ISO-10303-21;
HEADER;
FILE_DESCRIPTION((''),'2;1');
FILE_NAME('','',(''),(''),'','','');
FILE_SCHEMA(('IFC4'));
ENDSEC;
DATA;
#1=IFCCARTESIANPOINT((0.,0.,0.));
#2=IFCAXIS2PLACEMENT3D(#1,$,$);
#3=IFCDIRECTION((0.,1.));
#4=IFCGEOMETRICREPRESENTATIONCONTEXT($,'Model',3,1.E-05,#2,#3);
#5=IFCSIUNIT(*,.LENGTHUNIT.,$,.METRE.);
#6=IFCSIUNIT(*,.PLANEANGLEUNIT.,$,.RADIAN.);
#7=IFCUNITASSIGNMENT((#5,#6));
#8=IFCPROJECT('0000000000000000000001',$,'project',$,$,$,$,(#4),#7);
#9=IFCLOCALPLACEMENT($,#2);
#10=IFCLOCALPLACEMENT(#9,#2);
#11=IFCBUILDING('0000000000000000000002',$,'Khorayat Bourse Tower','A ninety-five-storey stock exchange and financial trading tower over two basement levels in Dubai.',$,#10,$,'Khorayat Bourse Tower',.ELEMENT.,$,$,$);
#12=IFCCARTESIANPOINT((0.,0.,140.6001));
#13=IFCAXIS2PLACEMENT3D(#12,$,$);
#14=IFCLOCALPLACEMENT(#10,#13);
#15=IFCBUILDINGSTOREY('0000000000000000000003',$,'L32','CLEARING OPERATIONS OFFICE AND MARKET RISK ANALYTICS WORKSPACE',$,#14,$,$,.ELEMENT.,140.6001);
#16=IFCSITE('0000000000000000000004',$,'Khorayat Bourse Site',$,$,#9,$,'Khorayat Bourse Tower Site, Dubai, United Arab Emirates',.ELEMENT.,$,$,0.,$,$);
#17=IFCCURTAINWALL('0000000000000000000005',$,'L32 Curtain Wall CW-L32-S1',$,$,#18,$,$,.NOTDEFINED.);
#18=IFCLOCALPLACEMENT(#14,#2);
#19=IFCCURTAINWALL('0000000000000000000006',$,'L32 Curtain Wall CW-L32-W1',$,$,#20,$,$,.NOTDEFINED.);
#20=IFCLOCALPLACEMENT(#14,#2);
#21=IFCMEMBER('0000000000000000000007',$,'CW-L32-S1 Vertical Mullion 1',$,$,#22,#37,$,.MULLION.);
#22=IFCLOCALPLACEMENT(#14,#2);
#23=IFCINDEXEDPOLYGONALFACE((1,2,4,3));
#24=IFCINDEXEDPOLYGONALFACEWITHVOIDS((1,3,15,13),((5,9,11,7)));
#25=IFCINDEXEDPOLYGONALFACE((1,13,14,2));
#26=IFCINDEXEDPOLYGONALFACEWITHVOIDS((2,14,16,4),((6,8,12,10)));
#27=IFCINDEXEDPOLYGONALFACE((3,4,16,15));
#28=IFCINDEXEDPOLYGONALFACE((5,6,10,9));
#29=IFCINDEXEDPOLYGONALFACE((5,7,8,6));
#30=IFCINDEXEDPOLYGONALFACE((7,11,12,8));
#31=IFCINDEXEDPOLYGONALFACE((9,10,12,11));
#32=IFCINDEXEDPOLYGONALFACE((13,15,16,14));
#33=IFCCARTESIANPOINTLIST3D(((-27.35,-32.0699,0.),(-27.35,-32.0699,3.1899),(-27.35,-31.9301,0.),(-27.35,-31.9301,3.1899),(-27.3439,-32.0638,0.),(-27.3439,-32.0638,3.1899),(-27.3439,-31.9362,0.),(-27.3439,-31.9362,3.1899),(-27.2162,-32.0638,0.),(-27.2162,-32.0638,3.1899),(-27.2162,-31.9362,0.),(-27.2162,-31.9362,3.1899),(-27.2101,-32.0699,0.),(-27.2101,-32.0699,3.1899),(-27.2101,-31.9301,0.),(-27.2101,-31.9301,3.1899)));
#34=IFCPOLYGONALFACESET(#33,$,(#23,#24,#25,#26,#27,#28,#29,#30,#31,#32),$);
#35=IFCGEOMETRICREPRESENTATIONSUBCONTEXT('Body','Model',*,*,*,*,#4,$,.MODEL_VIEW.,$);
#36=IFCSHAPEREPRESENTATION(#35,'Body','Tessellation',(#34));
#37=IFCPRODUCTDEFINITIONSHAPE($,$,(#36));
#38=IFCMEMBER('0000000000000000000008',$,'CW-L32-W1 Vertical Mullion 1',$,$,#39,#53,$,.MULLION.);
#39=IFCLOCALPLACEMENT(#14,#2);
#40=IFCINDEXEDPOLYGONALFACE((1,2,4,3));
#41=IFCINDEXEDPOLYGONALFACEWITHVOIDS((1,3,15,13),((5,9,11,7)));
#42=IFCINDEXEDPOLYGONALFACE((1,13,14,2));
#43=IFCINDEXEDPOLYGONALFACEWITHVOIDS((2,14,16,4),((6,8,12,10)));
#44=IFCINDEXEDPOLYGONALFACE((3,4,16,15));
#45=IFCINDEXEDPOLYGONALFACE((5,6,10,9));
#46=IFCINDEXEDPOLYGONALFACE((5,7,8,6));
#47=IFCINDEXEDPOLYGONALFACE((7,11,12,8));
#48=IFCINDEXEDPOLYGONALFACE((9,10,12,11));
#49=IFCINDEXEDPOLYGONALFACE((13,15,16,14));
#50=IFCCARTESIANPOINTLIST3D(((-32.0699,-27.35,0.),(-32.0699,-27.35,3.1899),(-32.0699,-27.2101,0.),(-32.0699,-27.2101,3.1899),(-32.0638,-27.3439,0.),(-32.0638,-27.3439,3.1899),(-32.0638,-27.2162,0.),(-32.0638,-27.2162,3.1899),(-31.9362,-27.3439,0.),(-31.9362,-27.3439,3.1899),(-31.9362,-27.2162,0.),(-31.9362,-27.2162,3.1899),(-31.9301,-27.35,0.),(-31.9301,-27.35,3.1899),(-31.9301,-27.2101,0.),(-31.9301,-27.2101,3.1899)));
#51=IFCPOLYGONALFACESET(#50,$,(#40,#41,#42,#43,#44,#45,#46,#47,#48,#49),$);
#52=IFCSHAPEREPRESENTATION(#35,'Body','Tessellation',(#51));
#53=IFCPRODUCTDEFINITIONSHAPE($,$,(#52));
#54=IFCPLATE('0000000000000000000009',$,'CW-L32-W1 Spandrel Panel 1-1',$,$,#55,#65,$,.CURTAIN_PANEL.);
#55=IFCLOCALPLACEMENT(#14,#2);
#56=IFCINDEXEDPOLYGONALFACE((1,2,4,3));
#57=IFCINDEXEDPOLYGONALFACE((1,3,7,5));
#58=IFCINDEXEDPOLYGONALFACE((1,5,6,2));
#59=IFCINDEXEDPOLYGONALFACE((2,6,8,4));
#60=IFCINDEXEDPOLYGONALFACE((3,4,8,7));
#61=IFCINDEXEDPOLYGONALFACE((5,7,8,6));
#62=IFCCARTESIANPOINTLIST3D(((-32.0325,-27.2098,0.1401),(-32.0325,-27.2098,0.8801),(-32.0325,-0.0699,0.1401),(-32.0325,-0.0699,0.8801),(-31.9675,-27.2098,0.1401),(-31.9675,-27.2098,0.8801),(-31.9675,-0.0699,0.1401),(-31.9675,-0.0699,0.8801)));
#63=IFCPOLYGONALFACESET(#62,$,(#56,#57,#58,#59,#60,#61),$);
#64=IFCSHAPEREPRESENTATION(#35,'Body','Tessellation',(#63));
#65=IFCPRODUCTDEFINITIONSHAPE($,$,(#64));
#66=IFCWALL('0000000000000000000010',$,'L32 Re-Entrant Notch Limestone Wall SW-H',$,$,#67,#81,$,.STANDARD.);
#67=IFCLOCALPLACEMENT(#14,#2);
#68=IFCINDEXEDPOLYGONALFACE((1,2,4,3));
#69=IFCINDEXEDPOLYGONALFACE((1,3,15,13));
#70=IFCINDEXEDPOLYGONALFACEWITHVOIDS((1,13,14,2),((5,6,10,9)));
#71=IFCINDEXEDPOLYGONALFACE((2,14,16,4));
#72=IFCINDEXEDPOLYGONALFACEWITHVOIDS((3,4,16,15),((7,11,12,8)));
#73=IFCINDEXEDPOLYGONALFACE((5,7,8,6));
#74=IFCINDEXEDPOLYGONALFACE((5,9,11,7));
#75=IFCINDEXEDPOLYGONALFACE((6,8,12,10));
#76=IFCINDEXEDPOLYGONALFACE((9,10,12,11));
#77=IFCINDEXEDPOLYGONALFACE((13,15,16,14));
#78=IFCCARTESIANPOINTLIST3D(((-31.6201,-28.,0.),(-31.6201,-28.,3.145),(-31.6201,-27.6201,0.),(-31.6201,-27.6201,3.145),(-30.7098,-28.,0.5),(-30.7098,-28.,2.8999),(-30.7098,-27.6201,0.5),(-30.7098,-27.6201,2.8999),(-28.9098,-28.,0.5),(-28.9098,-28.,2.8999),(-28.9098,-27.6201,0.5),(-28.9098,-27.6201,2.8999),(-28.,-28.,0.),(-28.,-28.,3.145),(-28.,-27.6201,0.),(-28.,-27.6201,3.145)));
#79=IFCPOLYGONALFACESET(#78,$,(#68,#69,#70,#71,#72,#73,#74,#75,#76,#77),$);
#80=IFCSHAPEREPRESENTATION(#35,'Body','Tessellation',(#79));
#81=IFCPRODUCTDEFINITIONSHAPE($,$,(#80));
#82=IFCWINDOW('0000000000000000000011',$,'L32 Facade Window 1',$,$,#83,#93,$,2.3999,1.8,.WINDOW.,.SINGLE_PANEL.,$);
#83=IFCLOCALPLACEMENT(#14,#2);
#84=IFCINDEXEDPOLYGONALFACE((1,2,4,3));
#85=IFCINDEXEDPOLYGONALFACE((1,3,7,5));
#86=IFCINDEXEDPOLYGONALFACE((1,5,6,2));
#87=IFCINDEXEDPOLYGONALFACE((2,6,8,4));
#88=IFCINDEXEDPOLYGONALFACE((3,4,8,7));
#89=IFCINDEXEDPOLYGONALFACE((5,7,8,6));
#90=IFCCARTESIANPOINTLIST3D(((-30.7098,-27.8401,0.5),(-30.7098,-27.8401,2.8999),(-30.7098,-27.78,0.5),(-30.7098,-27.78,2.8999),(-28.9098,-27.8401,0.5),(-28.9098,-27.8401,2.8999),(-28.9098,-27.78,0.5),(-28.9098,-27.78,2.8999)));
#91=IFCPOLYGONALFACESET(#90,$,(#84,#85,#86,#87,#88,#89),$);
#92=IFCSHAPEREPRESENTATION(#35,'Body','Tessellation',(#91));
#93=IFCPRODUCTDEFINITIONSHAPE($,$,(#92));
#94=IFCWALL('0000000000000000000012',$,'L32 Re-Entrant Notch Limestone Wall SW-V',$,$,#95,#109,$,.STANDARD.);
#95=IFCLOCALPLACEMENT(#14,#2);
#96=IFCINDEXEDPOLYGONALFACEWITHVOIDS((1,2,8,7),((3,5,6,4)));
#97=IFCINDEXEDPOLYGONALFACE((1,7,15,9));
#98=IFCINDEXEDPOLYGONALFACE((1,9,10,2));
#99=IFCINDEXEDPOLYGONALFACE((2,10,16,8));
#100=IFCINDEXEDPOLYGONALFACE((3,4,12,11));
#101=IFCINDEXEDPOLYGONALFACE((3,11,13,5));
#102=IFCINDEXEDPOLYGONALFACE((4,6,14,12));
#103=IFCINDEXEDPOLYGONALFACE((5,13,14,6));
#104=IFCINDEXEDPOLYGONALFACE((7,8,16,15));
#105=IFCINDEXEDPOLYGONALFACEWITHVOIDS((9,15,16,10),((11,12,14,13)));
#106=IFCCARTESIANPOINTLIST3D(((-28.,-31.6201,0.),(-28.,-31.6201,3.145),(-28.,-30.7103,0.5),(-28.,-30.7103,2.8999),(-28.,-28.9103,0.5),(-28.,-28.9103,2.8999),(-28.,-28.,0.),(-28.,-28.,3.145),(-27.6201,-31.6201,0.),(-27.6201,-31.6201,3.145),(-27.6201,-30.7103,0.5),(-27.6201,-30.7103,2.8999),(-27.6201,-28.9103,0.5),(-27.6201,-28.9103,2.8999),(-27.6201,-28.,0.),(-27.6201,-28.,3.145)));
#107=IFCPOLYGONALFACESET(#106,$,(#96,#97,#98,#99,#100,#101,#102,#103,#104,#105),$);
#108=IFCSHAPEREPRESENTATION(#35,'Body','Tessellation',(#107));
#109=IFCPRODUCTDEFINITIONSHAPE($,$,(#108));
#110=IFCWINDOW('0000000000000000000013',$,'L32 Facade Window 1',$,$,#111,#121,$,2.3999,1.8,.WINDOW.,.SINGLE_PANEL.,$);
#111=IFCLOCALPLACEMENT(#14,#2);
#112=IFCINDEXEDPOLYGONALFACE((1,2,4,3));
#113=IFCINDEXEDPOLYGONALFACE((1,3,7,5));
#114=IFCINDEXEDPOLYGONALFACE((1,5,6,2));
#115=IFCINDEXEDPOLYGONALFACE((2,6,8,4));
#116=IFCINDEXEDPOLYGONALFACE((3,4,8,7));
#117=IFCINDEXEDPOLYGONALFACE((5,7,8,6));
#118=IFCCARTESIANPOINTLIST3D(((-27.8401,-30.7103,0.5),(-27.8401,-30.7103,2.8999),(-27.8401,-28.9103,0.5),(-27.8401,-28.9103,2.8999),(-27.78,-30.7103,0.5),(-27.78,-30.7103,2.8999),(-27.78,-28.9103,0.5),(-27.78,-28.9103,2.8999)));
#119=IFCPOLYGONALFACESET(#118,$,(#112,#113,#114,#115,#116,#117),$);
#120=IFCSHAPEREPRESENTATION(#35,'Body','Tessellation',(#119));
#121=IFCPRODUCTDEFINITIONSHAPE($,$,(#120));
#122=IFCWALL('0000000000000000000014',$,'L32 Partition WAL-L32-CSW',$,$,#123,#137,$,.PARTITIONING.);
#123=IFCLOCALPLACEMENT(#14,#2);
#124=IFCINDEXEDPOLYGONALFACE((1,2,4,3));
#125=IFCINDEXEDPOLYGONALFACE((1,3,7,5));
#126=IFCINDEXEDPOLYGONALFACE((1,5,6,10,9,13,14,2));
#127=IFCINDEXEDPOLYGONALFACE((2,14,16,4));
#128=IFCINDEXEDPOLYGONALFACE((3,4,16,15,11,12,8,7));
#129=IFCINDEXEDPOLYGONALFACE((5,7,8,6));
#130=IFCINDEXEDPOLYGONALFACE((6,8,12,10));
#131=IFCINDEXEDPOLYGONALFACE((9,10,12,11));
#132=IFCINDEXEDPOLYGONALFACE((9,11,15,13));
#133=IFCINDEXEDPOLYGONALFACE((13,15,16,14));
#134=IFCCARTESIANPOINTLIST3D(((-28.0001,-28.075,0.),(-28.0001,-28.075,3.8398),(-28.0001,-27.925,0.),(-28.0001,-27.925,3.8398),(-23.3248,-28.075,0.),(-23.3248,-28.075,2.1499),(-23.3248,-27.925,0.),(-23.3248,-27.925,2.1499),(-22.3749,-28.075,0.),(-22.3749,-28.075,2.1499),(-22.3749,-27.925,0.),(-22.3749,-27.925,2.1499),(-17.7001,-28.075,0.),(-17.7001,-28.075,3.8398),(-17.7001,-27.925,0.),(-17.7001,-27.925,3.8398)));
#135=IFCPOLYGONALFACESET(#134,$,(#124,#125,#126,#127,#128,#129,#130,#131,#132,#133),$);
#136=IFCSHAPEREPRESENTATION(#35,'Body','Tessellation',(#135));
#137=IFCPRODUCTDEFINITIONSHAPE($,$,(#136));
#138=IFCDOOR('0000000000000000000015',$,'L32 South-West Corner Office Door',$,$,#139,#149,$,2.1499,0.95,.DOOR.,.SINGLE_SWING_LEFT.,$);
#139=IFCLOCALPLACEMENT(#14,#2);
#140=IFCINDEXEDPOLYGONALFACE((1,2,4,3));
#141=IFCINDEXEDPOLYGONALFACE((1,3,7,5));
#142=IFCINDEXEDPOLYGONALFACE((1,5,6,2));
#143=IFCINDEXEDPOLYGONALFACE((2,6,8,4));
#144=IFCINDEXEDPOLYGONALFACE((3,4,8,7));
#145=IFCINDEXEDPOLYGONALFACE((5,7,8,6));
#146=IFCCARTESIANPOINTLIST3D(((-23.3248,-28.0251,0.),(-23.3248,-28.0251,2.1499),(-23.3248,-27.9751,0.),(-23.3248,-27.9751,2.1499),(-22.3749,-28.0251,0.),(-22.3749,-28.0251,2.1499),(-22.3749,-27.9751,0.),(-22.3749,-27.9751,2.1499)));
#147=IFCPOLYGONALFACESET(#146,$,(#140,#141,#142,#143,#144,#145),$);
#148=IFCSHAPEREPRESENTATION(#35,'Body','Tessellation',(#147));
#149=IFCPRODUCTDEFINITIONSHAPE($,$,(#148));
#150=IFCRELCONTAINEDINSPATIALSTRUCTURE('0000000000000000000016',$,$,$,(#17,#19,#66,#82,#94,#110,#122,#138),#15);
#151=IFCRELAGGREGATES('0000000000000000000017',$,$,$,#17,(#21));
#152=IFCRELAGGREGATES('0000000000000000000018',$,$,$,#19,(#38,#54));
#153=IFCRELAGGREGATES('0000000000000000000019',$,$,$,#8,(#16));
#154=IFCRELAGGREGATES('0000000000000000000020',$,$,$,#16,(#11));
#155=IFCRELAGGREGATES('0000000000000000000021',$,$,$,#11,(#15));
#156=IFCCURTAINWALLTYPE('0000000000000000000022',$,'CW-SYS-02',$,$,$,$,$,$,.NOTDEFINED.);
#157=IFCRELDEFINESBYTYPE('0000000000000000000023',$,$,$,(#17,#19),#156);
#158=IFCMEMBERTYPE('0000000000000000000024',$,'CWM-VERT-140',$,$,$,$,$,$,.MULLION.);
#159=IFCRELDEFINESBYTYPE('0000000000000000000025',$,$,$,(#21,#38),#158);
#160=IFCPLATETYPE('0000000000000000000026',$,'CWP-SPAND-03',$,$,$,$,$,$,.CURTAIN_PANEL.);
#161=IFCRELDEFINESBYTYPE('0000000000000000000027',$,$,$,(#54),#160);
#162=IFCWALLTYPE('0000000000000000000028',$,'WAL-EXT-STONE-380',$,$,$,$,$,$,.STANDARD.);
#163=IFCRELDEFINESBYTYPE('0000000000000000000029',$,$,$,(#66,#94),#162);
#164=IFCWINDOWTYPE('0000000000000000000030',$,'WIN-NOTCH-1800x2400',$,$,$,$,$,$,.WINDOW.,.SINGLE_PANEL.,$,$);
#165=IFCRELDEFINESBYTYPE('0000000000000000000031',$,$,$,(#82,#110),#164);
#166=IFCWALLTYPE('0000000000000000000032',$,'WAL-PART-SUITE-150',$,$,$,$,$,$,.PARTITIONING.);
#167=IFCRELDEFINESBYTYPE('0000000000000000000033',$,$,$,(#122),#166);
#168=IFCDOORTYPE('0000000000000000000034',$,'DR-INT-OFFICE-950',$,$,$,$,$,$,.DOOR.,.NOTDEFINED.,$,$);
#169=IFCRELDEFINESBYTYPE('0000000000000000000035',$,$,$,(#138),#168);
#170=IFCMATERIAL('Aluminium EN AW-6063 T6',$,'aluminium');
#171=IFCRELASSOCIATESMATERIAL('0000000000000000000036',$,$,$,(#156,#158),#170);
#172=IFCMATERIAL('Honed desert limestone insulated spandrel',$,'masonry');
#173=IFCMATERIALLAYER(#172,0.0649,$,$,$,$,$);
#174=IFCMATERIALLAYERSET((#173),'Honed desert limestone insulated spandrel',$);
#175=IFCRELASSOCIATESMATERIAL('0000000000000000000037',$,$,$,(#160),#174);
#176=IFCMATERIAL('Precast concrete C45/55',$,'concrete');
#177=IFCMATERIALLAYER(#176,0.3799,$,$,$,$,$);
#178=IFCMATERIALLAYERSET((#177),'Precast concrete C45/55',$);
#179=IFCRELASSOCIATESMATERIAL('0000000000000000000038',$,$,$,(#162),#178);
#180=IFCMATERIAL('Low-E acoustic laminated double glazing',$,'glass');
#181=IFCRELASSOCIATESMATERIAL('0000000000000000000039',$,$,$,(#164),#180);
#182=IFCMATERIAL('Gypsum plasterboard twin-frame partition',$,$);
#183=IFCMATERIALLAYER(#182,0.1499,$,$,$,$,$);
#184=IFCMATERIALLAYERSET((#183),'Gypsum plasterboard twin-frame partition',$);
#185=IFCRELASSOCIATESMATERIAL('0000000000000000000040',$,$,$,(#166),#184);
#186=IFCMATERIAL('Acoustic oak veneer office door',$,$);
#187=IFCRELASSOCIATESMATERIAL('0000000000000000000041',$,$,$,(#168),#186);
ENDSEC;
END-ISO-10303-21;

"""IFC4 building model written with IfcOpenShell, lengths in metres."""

from ifc_helpers import new_model, si_unit, direction, frame, frame_2d, origin, origin_2d, place, context, subcontext, project, spatial, rectangle, hollow_rectangle, extrude, source, transform, mapped, material, layer, layer_set, material_profile, profile_set, type_object, element, fill, aggregate, save


model = new_model("IFC4")

# Units and contexts
model_context = context("Model", 3, precision=1e-05, world=origin(), true_north=direction((0.0, 1.0)))
body_context = subcontext(model_context, "Body", "Model", "MODEL_VIEW")
ifc_project = project(units=[si_unit("LENGTHUNIT", "METRE"), si_unit("PLANEANGLEUNIT", "RADIAN")], contexts=[model_context])

# Site, building, storey
site_placement = place(None, origin())
site = spatial("IfcSite", under=ifc_project, at=site_placement, Name="Khorayat Bourse Site", LongName="Khorayat Bourse Tower Site, Dubai, United Arab Emirates", CompositionType="ELEMENT", RefElevation=0.0)
building_placement = place(site_placement, origin())
building = spatial("IfcBuilding", under=site, at=building_placement, Name="Khorayat Bourse Tower", Description="A ninety-five-storey stock exchange and financial trading tower over two basement levels in Dubai.", LongName="Khorayat Bourse Tower", CompositionType="ELEMENT")
storey_placement = place(building_placement, frame((0.0, 0.0, 140.6001)))
storey = spatial("IfcBuildingStorey", under=building, at=storey_placement, Name="L32", Description="CLEARING OPERATIONS OFFICE AND MARKET RISK ANALYTICS WORKSPACE", CompositionType="ELEMENT", Elevation=140.6001)

# Curtain wall
ifc_material_1 = material(Name="Aluminium EN AW-6063 T6", Category="aluminium")
curtain_wall_type = type_object("IfcCurtainWallType", Name="CW-SYS-02", PredefinedType="NOTDEFINED", material=ifc_material_1)
curtain_wall_1_placement = place(storey_placement, origin())
curtain_wall_1 = element("IfcCurtainWall", 1, at=curtain_wall_1_placement, inside=storey, type_object=curtain_wall_type, Name="L32 Curtain Wall CW-L32-S1", PredefinedType="NOTDEFINED")

# Curtain wall
curtain_wall_2_placement = place(storey_placement, origin())
curtain_wall_2 = element("IfcCurtainWall", 2, at=curtain_wall_2_placement, inside=storey, type_object=curtain_wall_type, Name="L32 Curtain Wall CW-L32-W1", PredefinedType="NOTDEFINED")

# Members
ifc_material_profile_1 = material_profile(ifc_material_1, hollow_rectangle(XDim=0.1399, YDim=0.1399, WallThickness=0.0061, at=origin_2d()), Name="ALU 140x140x6")
ifc_profile_set_1 = profile_set([ifc_material_profile_1], Name="Aluminium EN AW-6063 T6")
member_type_1 = type_object("IfcMemberType", Name="CWM-VERT-140", PredefinedType="MULLION", material=ifc_profile_set_1)
shared_shape_1 = source(origin(), body_context, "Body", "SweptSolid", [
    extrude(hollow_rectangle(XDim=0.1399, YDim=0.1399, WallThickness=0.0061, at=origin_2d()), origin(), (0.0, 0.0, 1.0), 3.1899),
])
member_1_placement = place(storey_placement, frame((-27.28, -32.0, 0.0), z_axis=(0.0, 0.0, 1.0), x_axis=(0.0, 1.0, 0.0)))
member_1 = element("IfcMember", 3, at=member_1_placement, type_object=member_type_1, Name="CW-L32-S1 Vertical Mullion 1", PredefinedType="MULLION", context=body_context, shape_type="MappedRepresentation", body=[
    mapped(shared_shape_1, transform((0.0, 0.0, 0.0), scale=1.0)),
])
aggregate(curtain_wall_1, [member_1])
member_2_placement = place(storey_placement, frame((-32.0, -27.28, 0.0), z_axis=(0.0, 0.0, 1.0), x_axis=(-1.0, 0.0, 0.0)))
member_2 = element("IfcMember", 4, at=member_2_placement, type_object=member_type_1, Name="CW-L32-W1 Vertical Mullion 1", PredefinedType="MULLION", context=body_context, shape_type="MappedRepresentation", body=[
    mapped(shared_shape_1, transform((0.0, 0.0, 0.0), scale=1.0)),
])

# Plate
ifc_material_2 = material(Name="Honed desert limestone insulated spandrel", Category="masonry")
ifc_layer_1 = layer(ifc_material_2, 0.0649)
ifc_layer_set_1 = layer_set([ifc_layer_1], Name="Honed desert limestone insulated spandrel")
plate_type = type_object("IfcPlateType", Name="CWP-SPAND-03", PredefinedType="CURTAIN_PANEL", material=ifc_layer_set_1)
shared_shape_2 = source(origin(), body_context, "Body", "SweptSolid", [
    extrude(rectangle(XDim=27.1399, YDim=0.0649, at=origin_2d()), origin(), (0.0, 0.0, 1.0), 0.74),
])
plate_placement = place(storey_placement, frame((-32.0, -13.6399, 0.1401), z_axis=(0.0, 0.0, 1.0), x_axis=(0.0, 1.0, 0.0)))
plate = element("IfcPlate", 5, at=plate_placement, type_object=plate_type, Name="CW-L32-W1 Spandrel Panel 1-1", PredefinedType="CURTAIN_PANEL", context=body_context, shape_type="MappedRepresentation", body=[
    mapped(shared_shape_2, transform((0.0, 0.0, 0.0), scale=1.0)),
])
aggregate(curtain_wall_2, [member_2, plate])

# Walls, openings, windows
ifc_material_3 = material(Name="Precast concrete C45/55", Category="concrete")
ifc_layer_2 = layer(ifc_material_3, 0.3799)
ifc_layer_set_2 = layer_set([ifc_layer_2], Name="Precast concrete C45/55")
wall_type_1 = type_object("IfcWallType", Name="WAL-EXT-STONE-380", PredefinedType="STANDARD", material=ifc_layer_set_2)
shared_shape_3 = source(origin(), body_context, "Body", "SweptSolid", [
    extrude(rectangle(XDim=3.6201, YDim=0.3799, at=frame_2d((1.8101, 0.0))), origin(), (0.0, 0.0, 1.0), 3.145),
])
wall_1_placement = place(storey_placement, frame((-28.0, -27.8101, 0.0), z_axis=(0.0, 0.0, 1.0), x_axis=(-1.0, 0.0, 0.0)))
wall_1 = element("IfcWall", 6, at=wall_1_placement, inside=storey, type_object=wall_type_1, Name="L32 Re-Entrant Notch Limestone Wall SW-H", PredefinedType="STANDARD", context=body_context, shape_type="MappedRepresentation", body=[
    mapped(shared_shape_3, transform((0.0, 0.0, 0.0), scale=1.0)),
])
shared_shape_4 = source(origin(), body_context, "Body", "SweptSolid", [
    extrude(rectangle(XDim=1.8, YDim=2.3999, at=frame_2d((0.8999, 1.2))), frame((0.0, 0.2, 0.0), z_axis=(0.0, -1.0, 0.0), x_axis=(1.0, 0.0, 0.0)), (0.0, 0.0, 1.0), 0.3999),
])
opening_1_placement = place(wall_1_placement, frame((0.9099, 0.0, 0.5)))
opening_1 = element("IfcOpeningElement", 7, at=opening_1_placement, cuts=wall_1, PredefinedType="OPENING", context=body_context, shape_type="MappedRepresentation", body=[
    mapped(shared_shape_4, transform((0.0, 0.0, 0.0), scale=1.0)),
])
ifc_material_4 = material(Name="Low-E acoustic laminated double glazing", Category="glass")
window_type = type_object("IfcWindowType", Name="WIN-NOTCH-1800x2400", PartitioningType="SINGLE_PANEL", PredefinedType="WINDOW", material=ifc_material_4)
shared_shape_5 = source(origin(), body_context, "Body", "SweptSolid", [
    extrude(rectangle(XDim=1.8, YDim=2.3999, at=frame_2d((0.8999, 1.2))), frame((0.0, 0.03, 0.0), z_axis=(0.0, -1.0, 0.0), x_axis=(1.0, 0.0, 0.0)), (0.0, 0.0, 1.0), 0.0601),
])
window_1_placement = place(opening_1_placement, origin())
window_1 = element("IfcWindow", 8, at=window_1_placement, inside=storey, type_object=window_type, Name="L32 Facade Window 1", OverallHeight=2.3999, OverallWidth=1.8, PartitioningType="SINGLE_PANEL", PredefinedType="WINDOW", context=body_context, shape_type="MappedRepresentation", body=[
    mapped(shared_shape_5, transform((0.0, 0.0, 0.0), scale=1.0)),
])
fill(opening_1, window_1)
wall_2_placement = place(storey_placement, frame((-27.8101, -31.6201, 0.0), z_axis=(0.0, 0.0, 1.0), x_axis=(0.0, 1.0, 0.0)))
wall_2 = element("IfcWall", 9, at=wall_2_placement, inside=storey, type_object=wall_type_1, Name="L32 Re-Entrant Notch Limestone Wall SW-V", PredefinedType="STANDARD", context=body_context, shape_type="MappedRepresentation", body=[
    mapped(shared_shape_3, transform((0.0, 0.0, 0.0), scale=1.0)),
])
opening_2_placement = place(wall_2_placement, frame((0.9099, 0.0, 0.5)))
opening_2 = element("IfcOpeningElement", 10, at=opening_2_placement, cuts=wall_2, PredefinedType="OPENING", context=body_context, shape_type="MappedRepresentation", body=[
    mapped(shared_shape_4, transform((0.0, 0.0, 0.0), scale=1.0)),
])
window_2_placement = place(opening_2_placement, origin())
window_2 = element("IfcWindow", 11, at=window_2_placement, inside=storey, type_object=window_type, Name="L32 Facade Window 1", OverallHeight=2.3999, OverallWidth=1.8, PartitioningType="SINGLE_PANEL", PredefinedType="WINDOW", context=body_context, shape_type="MappedRepresentation", body=[
    mapped(shared_shape_5, transform((0.0, 0.0, 0.0), scale=1.0)),
])
fill(opening_2, window_2)

# Wall, opening, door
ifc_material_5 = material(Name="Gypsum plasterboard twin-frame partition")
ifc_layer_3 = layer(ifc_material_5, 0.1499)
ifc_layer_set_3 = layer_set([ifc_layer_3], Name="Gypsum plasterboard twin-frame partition")
wall_type_2 = type_object("IfcWallType", Name="WAL-PART-SUITE-150", PredefinedType="PARTITIONING", material=ifc_layer_set_3)
shared_shape_6 = source(origin(), body_context, "Body", "SweptSolid", [
    extrude(rectangle(XDim=10.3, YDim=0.1499, at=frame_2d((5.1499, 0.0))), origin(), (0.0, 0.0, 1.0), 3.8398),
])
wall_3_placement = place(storey_placement, frame((-28.0, -28.0, 0.0), z_axis=(0.0, 0.0, 1.0), x_axis=(1.0, 0.0, 0.0)))
wall_3 = element("IfcWall", 12, at=wall_3_placement, inside=storey, type_object=wall_type_2, Name="L32 Partition WAL-L32-CSW", PredefinedType="PARTITIONING", context=body_context, shape_type="MappedRepresentation", body=[
    mapped(shared_shape_6, transform((0.0, 0.0, 0.0), scale=1.0)),
])
shared_shape_7 = source(origin(), body_context, "Body", "SweptSolid", [
    extrude(rectangle(XDim=0.95, YDim=2.1499, at=frame_2d((0.4751, 1.075))), frame((0.0, 0.085, 0.0), z_axis=(0.0, -1.0, 0.0), x_axis=(1.0, 0.0, 0.0)), (0.0, 0.0, 1.0), 0.1699),
])
opening_3_placement = place(wall_3_placement, frame((4.675, 0.0, 0.0)))
opening_3 = element("IfcOpeningElement", 13, at=opening_3_placement, cuts=wall_3, PredefinedType="OPENING", context=body_context, shape_type="MappedRepresentation", body=[
    mapped(shared_shape_7, transform((0.0, 0.0, 0.0), scale=1.0)),
])
ifc_material_6 = material(Name="Acoustic oak veneer office door")
door_type = type_object("IfcDoorType", Name="DR-INT-OFFICE-950", OperationType="NOTDEFINED", PredefinedType="DOOR", material=ifc_material_6)
shared_shape_8 = source(origin(), body_context, "Body", "SweptSolid", [
    extrude(rectangle(XDim=0.95, YDim=2.1499, at=frame_2d((0.4751, 1.075))), frame((0.0, 0.0249, 0.0), z_axis=(0.0, -1.0, 0.0), x_axis=(1.0, 0.0, 0.0)), (0.0, 0.0, 1.0), 0.05),
])
door_placement = place(opening_3_placement, origin())
door = element("IfcDoor", 14, at=door_placement, inside=storey, type_object=door_type, Name="L32 South-West Corner Office Door", OperationType="SINGLE_SWING_LEFT", OverallHeight=2.1499, OverallWidth=0.95, PredefinedType="DOOR", context=body_context, shape_type="MappedRepresentation", body=[
    mapped(shared_shape_8, transform((0.0, 0.0, 0.0), scale=1.0)),
])
fill(opening_3, door)

save(model, "model.ifc")
